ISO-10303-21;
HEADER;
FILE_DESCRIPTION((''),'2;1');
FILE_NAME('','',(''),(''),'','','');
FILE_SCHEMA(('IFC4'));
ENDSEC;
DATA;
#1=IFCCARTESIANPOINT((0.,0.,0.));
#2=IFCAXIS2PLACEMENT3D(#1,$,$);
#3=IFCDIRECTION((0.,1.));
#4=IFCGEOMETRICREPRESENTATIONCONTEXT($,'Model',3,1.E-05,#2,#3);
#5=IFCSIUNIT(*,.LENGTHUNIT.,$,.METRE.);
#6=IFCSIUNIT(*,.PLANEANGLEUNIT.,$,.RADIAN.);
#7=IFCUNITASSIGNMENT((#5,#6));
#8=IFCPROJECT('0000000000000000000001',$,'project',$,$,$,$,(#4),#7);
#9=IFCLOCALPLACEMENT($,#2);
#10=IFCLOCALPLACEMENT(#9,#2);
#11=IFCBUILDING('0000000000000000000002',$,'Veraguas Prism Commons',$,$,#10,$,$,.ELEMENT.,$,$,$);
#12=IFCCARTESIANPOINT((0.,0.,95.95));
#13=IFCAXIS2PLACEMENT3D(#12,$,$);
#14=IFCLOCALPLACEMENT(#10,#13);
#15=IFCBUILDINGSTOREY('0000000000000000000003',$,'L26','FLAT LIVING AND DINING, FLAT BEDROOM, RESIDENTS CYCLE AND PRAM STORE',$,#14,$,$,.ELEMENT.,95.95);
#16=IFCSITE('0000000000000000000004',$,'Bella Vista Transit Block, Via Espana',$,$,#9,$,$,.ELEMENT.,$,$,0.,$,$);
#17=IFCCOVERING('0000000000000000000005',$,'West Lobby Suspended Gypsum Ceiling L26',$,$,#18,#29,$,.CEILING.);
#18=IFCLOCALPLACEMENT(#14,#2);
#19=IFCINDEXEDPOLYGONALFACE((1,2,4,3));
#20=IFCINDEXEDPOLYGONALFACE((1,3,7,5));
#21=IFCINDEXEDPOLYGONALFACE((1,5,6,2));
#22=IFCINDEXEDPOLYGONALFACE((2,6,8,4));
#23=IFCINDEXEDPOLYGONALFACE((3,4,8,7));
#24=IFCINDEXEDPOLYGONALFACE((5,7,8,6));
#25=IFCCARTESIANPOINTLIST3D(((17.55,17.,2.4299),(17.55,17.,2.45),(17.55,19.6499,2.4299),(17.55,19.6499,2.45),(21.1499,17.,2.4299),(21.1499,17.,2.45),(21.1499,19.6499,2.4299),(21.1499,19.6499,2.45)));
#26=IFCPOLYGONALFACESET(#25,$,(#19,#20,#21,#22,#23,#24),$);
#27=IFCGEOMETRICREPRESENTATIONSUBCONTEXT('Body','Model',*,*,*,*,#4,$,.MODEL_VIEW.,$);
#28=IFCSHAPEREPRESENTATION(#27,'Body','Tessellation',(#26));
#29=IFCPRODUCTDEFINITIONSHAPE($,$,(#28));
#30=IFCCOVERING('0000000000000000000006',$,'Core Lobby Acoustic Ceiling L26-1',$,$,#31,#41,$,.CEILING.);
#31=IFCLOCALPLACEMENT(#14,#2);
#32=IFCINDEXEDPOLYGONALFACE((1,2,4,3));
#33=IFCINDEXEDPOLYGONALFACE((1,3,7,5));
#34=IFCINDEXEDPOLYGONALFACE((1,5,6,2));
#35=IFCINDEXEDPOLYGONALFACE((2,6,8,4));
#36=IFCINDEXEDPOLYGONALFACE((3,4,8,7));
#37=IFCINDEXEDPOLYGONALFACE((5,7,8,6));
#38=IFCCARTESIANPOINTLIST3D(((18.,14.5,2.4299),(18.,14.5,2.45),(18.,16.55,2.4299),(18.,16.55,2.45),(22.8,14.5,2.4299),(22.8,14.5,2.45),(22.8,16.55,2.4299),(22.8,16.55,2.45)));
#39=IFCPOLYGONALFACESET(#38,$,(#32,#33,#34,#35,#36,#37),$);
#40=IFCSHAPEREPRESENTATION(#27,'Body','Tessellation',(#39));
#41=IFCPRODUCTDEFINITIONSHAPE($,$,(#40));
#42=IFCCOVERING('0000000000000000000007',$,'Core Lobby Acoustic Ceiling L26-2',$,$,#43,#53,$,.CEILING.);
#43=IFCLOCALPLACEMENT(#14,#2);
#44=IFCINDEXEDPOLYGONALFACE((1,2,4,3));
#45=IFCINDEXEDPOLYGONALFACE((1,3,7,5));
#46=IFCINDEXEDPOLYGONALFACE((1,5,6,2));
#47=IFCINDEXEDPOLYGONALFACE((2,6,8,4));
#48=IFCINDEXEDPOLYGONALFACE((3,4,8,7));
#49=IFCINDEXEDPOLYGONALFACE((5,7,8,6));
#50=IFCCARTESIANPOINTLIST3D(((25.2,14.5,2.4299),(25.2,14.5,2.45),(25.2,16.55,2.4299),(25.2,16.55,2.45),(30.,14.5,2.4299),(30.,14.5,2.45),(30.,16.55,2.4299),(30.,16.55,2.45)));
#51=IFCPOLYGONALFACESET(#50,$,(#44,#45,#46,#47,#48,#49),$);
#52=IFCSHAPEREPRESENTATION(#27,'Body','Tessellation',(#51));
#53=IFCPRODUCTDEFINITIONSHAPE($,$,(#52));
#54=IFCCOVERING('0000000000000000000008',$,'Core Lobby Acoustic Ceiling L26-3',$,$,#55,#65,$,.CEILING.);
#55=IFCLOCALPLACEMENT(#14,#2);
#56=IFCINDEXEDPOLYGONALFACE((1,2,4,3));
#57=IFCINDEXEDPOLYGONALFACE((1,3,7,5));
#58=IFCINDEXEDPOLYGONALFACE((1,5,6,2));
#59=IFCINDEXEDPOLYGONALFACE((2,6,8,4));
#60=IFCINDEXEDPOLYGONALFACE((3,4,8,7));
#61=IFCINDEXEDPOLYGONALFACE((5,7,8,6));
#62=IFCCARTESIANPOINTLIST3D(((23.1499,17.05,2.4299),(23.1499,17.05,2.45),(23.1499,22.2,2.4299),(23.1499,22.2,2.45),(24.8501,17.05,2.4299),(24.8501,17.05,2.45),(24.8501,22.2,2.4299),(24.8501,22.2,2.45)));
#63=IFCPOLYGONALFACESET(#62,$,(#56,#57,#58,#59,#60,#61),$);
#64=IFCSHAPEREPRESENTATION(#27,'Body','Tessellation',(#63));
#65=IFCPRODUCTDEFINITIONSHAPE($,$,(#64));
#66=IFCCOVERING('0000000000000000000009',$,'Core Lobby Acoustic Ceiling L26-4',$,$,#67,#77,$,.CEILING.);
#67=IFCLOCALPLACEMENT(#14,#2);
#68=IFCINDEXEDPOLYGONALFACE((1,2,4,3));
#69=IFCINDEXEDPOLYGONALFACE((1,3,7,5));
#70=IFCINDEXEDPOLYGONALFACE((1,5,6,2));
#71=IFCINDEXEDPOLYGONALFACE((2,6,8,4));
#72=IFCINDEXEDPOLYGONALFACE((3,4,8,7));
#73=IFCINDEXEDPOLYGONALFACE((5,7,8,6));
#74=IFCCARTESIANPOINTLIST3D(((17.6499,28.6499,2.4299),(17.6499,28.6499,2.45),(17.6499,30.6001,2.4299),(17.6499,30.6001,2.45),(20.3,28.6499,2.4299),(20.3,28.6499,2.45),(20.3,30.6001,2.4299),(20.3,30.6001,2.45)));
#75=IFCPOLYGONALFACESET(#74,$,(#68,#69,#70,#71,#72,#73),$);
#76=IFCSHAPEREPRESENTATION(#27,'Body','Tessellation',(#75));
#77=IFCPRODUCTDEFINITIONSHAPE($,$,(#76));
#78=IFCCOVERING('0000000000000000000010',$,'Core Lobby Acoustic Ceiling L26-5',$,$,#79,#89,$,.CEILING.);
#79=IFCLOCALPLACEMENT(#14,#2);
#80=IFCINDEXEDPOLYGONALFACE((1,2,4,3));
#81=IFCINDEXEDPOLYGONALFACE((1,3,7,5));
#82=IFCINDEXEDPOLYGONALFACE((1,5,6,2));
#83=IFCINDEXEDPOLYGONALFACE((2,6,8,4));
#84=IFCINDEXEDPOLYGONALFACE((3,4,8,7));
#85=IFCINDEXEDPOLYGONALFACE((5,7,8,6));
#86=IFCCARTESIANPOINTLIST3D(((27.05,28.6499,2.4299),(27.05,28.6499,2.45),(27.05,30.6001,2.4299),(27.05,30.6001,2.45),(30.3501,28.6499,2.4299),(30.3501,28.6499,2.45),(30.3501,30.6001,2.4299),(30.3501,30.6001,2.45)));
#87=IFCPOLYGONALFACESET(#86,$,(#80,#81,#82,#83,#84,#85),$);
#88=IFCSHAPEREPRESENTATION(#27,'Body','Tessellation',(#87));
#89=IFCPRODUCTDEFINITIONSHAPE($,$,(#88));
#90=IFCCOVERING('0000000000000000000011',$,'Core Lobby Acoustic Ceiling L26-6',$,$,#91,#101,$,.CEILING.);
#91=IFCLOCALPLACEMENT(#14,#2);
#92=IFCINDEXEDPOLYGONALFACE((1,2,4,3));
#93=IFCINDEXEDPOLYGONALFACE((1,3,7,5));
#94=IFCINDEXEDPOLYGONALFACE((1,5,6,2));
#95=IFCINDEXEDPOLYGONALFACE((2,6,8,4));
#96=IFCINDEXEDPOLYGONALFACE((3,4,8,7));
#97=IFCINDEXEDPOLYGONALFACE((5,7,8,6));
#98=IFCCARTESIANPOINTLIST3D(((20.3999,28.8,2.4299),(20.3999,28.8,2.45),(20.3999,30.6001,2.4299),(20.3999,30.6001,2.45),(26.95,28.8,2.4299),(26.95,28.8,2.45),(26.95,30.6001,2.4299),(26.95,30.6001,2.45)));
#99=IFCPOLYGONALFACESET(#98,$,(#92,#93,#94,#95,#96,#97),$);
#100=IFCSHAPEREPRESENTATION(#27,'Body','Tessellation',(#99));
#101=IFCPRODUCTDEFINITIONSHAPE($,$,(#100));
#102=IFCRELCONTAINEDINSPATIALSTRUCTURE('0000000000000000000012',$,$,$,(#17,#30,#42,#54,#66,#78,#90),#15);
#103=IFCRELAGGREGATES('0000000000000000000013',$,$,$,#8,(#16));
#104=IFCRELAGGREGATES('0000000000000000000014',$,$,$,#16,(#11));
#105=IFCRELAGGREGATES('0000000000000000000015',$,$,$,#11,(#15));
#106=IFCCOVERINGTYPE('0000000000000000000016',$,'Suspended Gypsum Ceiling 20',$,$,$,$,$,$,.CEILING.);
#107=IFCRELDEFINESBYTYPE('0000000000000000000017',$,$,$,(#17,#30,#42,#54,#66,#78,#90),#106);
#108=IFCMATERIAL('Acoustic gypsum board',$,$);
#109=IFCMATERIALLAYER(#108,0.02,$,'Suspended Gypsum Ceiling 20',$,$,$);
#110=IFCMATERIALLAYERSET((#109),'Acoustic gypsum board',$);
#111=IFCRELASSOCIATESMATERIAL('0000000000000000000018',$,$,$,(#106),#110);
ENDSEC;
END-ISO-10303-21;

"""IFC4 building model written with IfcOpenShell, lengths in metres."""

from ifc_helpers import new_model, si_unit, direction, frame, origin, place, context, subcontext, project, spatial, polyline, outline, extrude, material, layer, layer_set, type_object, element, save


model = new_model("IFC4")

# Units and contexts
model_context = context("Model", 3, precision=1e-05, world=origin(), true_north=direction((0.0, 1.0)))
body_context = subcontext(model_context, "Body", "Model", "MODEL_VIEW")
ifc_project = project(units=[si_unit("LENGTHUNIT", "METRE"), si_unit("PLANEANGLEUNIT", "RADIAN")], contexts=[model_context])

# Site, building, storey
site_placement = place(None, origin())
site = spatial("IfcSite", under=ifc_project, at=site_placement, Name="Bella Vista Transit Block, Via Espana", CompositionType="ELEMENT", RefElevation=0.0)
building_placement = place(site_placement, origin())
building = spatial("IfcBuilding", under=site, at=building_placement, Name="Veraguas Prism Commons", CompositionType="ELEMENT")
storey_placement = place(building_placement, frame((0.0, 0.0, 95.95)))
storey = spatial("IfcBuildingStorey", under=building, at=storey_placement, Name="L26", Description="FLAT LIVING AND DINING, FLAT BEDROOM, RESIDENTS CYCLE AND PRAM STORE", CompositionType="ELEMENT", Elevation=95.95)

# Coverings
ifc_material_1 = material(Name="Acoustic gypsum board")
ifc_layer_1 = layer(ifc_material_1, 0.02, Name="Suspended Gypsum Ceiling 20")
ifc_layer_set_1 = layer_set([ifc_layer_1], Name="Acoustic gypsum board")
covering_type_1 = type_object("IfcCoveringType", Name="Suspended Gypsum Ceiling 20", PredefinedType="CEILING", material=ifc_layer_set_1)
covering_1_placement = place(storey_placement, frame((0.0, 0.0, 2.4299)))
element("IfcCovering", 1, at=covering_1_placement, inside=storey, type_object=covering_type_1, Name="West Lobby Suspended Gypsum Ceiling L26", PredefinedType="CEILING", context=body_context, shape_type="SweptSolid", body=[
    extrude(outline(polyline([(17.55, 17.0), (21.1499, 17.0), (21.1499, 19.6499), (17.55, 19.6499), (17.55, 17.0)])), origin(), (0.0, 0.0, 1.0), 0.02),
])
covering_2_placement = place(storey_placement, frame((0.0, 0.0, 2.4299)))
element("IfcCovering", 2, at=covering_2_placement, inside=storey, type_object=covering_type_1, Name="Core Lobby Acoustic Ceiling L26-1", PredefinedType="CEILING", context=body_context, shape_type="SweptSolid", body=[
    extrude(outline(polyline([(18.0, 14.5), (22.8, 14.5), (22.8, 16.55), (18.0, 16.55), (18.0, 14.5)])), origin(), (0.0, 0.0, 1.0), 0.02),
])
covering_3_placement = place(storey_placement, frame((0.0, 0.0, 2.4299)))
element("IfcCovering", 3, at=covering_3_placement, inside=storey, type_object=covering_type_1, Name="Core Lobby Acoustic Ceiling L26-2", PredefinedType="CEILING", context=body_context, shape_type="SweptSolid", body=[
    extrude(outline(polyline([(25.2, 14.5), (30.0, 14.5), (30.0, 16.55), (25.2, 16.55), (25.2, 14.5)])), origin(), (0.0, 0.0, 1.0), 0.02),
])
covering_4_placement = place(storey_placement, frame((0.0, 0.0, 2.4299)))
element("IfcCovering", 4, at=covering_4_placement, inside=storey, type_object=covering_type_1, Name="Core Lobby Acoustic Ceiling L26-3", PredefinedType="CEILING", context=body_context, shape_type="SweptSolid", body=[
    extrude(outline(polyline([(23.1499, 17.05), (24.8501, 17.05), (24.8501, 22.2), (23.1499, 22.2), (23.1499, 17.05)])), origin(), (0.0, 0.0, 1.0), 0.02),
])
covering_5_placement = place(storey_placement, frame((0.0, 0.0, 2.4299)))
element("IfcCovering", 5, at=covering_5_placement, inside=storey, type_object=covering_type_1, Name="Core Lobby Acoustic Ceiling L26-4", PredefinedType="CEILING", context=body_context, shape_type="SweptSolid", body=[
    extrude(outline(polyline([(17.6499, 28.6499), (20.3, 28.6499), (20.3, 30.6001), (17.6499, 30.6001), (17.6499, 28.6499)])), origin(), (0.0, 0.0, 1.0), 0.02),
])
covering_6_placement = place(storey_placement, frame((0.0, 0.0, 2.4299)))
element("IfcCovering", 6, at=covering_6_placement, inside=storey, type_object=covering_type_1, Name="Core Lobby Acoustic Ceiling L26-5", PredefinedType="CEILING", context=body_context, shape_type="SweptSolid", body=[
    extrude(outline(polyline([(27.05, 28.6499), (30.3501, 28.6499), (30.3501, 30.6001), (27.05, 30.6001), (27.05, 28.6499)])), origin(), (0.0, 0.0, 1.0), 0.02),
])
covering_7_placement = place(storey_placement, frame((0.0, 0.0, 2.4299)))
element("IfcCovering", 7, at=covering_7_placement, inside=storey, type_object=covering_type_1, Name="Core Lobby Acoustic Ceiling L26-6", PredefinedType="CEILING", context=body_context, shape_type="SweptSolid", body=[
    extrude(outline(polyline([(20.3999, 28.8), (26.95, 28.8), (26.95, 30.6001), (20.3999, 30.6001), (20.3999, 28.8)])), origin(), (0.0, 0.0, 1.0), 0.02),
])

save(model, "model.ifc")
